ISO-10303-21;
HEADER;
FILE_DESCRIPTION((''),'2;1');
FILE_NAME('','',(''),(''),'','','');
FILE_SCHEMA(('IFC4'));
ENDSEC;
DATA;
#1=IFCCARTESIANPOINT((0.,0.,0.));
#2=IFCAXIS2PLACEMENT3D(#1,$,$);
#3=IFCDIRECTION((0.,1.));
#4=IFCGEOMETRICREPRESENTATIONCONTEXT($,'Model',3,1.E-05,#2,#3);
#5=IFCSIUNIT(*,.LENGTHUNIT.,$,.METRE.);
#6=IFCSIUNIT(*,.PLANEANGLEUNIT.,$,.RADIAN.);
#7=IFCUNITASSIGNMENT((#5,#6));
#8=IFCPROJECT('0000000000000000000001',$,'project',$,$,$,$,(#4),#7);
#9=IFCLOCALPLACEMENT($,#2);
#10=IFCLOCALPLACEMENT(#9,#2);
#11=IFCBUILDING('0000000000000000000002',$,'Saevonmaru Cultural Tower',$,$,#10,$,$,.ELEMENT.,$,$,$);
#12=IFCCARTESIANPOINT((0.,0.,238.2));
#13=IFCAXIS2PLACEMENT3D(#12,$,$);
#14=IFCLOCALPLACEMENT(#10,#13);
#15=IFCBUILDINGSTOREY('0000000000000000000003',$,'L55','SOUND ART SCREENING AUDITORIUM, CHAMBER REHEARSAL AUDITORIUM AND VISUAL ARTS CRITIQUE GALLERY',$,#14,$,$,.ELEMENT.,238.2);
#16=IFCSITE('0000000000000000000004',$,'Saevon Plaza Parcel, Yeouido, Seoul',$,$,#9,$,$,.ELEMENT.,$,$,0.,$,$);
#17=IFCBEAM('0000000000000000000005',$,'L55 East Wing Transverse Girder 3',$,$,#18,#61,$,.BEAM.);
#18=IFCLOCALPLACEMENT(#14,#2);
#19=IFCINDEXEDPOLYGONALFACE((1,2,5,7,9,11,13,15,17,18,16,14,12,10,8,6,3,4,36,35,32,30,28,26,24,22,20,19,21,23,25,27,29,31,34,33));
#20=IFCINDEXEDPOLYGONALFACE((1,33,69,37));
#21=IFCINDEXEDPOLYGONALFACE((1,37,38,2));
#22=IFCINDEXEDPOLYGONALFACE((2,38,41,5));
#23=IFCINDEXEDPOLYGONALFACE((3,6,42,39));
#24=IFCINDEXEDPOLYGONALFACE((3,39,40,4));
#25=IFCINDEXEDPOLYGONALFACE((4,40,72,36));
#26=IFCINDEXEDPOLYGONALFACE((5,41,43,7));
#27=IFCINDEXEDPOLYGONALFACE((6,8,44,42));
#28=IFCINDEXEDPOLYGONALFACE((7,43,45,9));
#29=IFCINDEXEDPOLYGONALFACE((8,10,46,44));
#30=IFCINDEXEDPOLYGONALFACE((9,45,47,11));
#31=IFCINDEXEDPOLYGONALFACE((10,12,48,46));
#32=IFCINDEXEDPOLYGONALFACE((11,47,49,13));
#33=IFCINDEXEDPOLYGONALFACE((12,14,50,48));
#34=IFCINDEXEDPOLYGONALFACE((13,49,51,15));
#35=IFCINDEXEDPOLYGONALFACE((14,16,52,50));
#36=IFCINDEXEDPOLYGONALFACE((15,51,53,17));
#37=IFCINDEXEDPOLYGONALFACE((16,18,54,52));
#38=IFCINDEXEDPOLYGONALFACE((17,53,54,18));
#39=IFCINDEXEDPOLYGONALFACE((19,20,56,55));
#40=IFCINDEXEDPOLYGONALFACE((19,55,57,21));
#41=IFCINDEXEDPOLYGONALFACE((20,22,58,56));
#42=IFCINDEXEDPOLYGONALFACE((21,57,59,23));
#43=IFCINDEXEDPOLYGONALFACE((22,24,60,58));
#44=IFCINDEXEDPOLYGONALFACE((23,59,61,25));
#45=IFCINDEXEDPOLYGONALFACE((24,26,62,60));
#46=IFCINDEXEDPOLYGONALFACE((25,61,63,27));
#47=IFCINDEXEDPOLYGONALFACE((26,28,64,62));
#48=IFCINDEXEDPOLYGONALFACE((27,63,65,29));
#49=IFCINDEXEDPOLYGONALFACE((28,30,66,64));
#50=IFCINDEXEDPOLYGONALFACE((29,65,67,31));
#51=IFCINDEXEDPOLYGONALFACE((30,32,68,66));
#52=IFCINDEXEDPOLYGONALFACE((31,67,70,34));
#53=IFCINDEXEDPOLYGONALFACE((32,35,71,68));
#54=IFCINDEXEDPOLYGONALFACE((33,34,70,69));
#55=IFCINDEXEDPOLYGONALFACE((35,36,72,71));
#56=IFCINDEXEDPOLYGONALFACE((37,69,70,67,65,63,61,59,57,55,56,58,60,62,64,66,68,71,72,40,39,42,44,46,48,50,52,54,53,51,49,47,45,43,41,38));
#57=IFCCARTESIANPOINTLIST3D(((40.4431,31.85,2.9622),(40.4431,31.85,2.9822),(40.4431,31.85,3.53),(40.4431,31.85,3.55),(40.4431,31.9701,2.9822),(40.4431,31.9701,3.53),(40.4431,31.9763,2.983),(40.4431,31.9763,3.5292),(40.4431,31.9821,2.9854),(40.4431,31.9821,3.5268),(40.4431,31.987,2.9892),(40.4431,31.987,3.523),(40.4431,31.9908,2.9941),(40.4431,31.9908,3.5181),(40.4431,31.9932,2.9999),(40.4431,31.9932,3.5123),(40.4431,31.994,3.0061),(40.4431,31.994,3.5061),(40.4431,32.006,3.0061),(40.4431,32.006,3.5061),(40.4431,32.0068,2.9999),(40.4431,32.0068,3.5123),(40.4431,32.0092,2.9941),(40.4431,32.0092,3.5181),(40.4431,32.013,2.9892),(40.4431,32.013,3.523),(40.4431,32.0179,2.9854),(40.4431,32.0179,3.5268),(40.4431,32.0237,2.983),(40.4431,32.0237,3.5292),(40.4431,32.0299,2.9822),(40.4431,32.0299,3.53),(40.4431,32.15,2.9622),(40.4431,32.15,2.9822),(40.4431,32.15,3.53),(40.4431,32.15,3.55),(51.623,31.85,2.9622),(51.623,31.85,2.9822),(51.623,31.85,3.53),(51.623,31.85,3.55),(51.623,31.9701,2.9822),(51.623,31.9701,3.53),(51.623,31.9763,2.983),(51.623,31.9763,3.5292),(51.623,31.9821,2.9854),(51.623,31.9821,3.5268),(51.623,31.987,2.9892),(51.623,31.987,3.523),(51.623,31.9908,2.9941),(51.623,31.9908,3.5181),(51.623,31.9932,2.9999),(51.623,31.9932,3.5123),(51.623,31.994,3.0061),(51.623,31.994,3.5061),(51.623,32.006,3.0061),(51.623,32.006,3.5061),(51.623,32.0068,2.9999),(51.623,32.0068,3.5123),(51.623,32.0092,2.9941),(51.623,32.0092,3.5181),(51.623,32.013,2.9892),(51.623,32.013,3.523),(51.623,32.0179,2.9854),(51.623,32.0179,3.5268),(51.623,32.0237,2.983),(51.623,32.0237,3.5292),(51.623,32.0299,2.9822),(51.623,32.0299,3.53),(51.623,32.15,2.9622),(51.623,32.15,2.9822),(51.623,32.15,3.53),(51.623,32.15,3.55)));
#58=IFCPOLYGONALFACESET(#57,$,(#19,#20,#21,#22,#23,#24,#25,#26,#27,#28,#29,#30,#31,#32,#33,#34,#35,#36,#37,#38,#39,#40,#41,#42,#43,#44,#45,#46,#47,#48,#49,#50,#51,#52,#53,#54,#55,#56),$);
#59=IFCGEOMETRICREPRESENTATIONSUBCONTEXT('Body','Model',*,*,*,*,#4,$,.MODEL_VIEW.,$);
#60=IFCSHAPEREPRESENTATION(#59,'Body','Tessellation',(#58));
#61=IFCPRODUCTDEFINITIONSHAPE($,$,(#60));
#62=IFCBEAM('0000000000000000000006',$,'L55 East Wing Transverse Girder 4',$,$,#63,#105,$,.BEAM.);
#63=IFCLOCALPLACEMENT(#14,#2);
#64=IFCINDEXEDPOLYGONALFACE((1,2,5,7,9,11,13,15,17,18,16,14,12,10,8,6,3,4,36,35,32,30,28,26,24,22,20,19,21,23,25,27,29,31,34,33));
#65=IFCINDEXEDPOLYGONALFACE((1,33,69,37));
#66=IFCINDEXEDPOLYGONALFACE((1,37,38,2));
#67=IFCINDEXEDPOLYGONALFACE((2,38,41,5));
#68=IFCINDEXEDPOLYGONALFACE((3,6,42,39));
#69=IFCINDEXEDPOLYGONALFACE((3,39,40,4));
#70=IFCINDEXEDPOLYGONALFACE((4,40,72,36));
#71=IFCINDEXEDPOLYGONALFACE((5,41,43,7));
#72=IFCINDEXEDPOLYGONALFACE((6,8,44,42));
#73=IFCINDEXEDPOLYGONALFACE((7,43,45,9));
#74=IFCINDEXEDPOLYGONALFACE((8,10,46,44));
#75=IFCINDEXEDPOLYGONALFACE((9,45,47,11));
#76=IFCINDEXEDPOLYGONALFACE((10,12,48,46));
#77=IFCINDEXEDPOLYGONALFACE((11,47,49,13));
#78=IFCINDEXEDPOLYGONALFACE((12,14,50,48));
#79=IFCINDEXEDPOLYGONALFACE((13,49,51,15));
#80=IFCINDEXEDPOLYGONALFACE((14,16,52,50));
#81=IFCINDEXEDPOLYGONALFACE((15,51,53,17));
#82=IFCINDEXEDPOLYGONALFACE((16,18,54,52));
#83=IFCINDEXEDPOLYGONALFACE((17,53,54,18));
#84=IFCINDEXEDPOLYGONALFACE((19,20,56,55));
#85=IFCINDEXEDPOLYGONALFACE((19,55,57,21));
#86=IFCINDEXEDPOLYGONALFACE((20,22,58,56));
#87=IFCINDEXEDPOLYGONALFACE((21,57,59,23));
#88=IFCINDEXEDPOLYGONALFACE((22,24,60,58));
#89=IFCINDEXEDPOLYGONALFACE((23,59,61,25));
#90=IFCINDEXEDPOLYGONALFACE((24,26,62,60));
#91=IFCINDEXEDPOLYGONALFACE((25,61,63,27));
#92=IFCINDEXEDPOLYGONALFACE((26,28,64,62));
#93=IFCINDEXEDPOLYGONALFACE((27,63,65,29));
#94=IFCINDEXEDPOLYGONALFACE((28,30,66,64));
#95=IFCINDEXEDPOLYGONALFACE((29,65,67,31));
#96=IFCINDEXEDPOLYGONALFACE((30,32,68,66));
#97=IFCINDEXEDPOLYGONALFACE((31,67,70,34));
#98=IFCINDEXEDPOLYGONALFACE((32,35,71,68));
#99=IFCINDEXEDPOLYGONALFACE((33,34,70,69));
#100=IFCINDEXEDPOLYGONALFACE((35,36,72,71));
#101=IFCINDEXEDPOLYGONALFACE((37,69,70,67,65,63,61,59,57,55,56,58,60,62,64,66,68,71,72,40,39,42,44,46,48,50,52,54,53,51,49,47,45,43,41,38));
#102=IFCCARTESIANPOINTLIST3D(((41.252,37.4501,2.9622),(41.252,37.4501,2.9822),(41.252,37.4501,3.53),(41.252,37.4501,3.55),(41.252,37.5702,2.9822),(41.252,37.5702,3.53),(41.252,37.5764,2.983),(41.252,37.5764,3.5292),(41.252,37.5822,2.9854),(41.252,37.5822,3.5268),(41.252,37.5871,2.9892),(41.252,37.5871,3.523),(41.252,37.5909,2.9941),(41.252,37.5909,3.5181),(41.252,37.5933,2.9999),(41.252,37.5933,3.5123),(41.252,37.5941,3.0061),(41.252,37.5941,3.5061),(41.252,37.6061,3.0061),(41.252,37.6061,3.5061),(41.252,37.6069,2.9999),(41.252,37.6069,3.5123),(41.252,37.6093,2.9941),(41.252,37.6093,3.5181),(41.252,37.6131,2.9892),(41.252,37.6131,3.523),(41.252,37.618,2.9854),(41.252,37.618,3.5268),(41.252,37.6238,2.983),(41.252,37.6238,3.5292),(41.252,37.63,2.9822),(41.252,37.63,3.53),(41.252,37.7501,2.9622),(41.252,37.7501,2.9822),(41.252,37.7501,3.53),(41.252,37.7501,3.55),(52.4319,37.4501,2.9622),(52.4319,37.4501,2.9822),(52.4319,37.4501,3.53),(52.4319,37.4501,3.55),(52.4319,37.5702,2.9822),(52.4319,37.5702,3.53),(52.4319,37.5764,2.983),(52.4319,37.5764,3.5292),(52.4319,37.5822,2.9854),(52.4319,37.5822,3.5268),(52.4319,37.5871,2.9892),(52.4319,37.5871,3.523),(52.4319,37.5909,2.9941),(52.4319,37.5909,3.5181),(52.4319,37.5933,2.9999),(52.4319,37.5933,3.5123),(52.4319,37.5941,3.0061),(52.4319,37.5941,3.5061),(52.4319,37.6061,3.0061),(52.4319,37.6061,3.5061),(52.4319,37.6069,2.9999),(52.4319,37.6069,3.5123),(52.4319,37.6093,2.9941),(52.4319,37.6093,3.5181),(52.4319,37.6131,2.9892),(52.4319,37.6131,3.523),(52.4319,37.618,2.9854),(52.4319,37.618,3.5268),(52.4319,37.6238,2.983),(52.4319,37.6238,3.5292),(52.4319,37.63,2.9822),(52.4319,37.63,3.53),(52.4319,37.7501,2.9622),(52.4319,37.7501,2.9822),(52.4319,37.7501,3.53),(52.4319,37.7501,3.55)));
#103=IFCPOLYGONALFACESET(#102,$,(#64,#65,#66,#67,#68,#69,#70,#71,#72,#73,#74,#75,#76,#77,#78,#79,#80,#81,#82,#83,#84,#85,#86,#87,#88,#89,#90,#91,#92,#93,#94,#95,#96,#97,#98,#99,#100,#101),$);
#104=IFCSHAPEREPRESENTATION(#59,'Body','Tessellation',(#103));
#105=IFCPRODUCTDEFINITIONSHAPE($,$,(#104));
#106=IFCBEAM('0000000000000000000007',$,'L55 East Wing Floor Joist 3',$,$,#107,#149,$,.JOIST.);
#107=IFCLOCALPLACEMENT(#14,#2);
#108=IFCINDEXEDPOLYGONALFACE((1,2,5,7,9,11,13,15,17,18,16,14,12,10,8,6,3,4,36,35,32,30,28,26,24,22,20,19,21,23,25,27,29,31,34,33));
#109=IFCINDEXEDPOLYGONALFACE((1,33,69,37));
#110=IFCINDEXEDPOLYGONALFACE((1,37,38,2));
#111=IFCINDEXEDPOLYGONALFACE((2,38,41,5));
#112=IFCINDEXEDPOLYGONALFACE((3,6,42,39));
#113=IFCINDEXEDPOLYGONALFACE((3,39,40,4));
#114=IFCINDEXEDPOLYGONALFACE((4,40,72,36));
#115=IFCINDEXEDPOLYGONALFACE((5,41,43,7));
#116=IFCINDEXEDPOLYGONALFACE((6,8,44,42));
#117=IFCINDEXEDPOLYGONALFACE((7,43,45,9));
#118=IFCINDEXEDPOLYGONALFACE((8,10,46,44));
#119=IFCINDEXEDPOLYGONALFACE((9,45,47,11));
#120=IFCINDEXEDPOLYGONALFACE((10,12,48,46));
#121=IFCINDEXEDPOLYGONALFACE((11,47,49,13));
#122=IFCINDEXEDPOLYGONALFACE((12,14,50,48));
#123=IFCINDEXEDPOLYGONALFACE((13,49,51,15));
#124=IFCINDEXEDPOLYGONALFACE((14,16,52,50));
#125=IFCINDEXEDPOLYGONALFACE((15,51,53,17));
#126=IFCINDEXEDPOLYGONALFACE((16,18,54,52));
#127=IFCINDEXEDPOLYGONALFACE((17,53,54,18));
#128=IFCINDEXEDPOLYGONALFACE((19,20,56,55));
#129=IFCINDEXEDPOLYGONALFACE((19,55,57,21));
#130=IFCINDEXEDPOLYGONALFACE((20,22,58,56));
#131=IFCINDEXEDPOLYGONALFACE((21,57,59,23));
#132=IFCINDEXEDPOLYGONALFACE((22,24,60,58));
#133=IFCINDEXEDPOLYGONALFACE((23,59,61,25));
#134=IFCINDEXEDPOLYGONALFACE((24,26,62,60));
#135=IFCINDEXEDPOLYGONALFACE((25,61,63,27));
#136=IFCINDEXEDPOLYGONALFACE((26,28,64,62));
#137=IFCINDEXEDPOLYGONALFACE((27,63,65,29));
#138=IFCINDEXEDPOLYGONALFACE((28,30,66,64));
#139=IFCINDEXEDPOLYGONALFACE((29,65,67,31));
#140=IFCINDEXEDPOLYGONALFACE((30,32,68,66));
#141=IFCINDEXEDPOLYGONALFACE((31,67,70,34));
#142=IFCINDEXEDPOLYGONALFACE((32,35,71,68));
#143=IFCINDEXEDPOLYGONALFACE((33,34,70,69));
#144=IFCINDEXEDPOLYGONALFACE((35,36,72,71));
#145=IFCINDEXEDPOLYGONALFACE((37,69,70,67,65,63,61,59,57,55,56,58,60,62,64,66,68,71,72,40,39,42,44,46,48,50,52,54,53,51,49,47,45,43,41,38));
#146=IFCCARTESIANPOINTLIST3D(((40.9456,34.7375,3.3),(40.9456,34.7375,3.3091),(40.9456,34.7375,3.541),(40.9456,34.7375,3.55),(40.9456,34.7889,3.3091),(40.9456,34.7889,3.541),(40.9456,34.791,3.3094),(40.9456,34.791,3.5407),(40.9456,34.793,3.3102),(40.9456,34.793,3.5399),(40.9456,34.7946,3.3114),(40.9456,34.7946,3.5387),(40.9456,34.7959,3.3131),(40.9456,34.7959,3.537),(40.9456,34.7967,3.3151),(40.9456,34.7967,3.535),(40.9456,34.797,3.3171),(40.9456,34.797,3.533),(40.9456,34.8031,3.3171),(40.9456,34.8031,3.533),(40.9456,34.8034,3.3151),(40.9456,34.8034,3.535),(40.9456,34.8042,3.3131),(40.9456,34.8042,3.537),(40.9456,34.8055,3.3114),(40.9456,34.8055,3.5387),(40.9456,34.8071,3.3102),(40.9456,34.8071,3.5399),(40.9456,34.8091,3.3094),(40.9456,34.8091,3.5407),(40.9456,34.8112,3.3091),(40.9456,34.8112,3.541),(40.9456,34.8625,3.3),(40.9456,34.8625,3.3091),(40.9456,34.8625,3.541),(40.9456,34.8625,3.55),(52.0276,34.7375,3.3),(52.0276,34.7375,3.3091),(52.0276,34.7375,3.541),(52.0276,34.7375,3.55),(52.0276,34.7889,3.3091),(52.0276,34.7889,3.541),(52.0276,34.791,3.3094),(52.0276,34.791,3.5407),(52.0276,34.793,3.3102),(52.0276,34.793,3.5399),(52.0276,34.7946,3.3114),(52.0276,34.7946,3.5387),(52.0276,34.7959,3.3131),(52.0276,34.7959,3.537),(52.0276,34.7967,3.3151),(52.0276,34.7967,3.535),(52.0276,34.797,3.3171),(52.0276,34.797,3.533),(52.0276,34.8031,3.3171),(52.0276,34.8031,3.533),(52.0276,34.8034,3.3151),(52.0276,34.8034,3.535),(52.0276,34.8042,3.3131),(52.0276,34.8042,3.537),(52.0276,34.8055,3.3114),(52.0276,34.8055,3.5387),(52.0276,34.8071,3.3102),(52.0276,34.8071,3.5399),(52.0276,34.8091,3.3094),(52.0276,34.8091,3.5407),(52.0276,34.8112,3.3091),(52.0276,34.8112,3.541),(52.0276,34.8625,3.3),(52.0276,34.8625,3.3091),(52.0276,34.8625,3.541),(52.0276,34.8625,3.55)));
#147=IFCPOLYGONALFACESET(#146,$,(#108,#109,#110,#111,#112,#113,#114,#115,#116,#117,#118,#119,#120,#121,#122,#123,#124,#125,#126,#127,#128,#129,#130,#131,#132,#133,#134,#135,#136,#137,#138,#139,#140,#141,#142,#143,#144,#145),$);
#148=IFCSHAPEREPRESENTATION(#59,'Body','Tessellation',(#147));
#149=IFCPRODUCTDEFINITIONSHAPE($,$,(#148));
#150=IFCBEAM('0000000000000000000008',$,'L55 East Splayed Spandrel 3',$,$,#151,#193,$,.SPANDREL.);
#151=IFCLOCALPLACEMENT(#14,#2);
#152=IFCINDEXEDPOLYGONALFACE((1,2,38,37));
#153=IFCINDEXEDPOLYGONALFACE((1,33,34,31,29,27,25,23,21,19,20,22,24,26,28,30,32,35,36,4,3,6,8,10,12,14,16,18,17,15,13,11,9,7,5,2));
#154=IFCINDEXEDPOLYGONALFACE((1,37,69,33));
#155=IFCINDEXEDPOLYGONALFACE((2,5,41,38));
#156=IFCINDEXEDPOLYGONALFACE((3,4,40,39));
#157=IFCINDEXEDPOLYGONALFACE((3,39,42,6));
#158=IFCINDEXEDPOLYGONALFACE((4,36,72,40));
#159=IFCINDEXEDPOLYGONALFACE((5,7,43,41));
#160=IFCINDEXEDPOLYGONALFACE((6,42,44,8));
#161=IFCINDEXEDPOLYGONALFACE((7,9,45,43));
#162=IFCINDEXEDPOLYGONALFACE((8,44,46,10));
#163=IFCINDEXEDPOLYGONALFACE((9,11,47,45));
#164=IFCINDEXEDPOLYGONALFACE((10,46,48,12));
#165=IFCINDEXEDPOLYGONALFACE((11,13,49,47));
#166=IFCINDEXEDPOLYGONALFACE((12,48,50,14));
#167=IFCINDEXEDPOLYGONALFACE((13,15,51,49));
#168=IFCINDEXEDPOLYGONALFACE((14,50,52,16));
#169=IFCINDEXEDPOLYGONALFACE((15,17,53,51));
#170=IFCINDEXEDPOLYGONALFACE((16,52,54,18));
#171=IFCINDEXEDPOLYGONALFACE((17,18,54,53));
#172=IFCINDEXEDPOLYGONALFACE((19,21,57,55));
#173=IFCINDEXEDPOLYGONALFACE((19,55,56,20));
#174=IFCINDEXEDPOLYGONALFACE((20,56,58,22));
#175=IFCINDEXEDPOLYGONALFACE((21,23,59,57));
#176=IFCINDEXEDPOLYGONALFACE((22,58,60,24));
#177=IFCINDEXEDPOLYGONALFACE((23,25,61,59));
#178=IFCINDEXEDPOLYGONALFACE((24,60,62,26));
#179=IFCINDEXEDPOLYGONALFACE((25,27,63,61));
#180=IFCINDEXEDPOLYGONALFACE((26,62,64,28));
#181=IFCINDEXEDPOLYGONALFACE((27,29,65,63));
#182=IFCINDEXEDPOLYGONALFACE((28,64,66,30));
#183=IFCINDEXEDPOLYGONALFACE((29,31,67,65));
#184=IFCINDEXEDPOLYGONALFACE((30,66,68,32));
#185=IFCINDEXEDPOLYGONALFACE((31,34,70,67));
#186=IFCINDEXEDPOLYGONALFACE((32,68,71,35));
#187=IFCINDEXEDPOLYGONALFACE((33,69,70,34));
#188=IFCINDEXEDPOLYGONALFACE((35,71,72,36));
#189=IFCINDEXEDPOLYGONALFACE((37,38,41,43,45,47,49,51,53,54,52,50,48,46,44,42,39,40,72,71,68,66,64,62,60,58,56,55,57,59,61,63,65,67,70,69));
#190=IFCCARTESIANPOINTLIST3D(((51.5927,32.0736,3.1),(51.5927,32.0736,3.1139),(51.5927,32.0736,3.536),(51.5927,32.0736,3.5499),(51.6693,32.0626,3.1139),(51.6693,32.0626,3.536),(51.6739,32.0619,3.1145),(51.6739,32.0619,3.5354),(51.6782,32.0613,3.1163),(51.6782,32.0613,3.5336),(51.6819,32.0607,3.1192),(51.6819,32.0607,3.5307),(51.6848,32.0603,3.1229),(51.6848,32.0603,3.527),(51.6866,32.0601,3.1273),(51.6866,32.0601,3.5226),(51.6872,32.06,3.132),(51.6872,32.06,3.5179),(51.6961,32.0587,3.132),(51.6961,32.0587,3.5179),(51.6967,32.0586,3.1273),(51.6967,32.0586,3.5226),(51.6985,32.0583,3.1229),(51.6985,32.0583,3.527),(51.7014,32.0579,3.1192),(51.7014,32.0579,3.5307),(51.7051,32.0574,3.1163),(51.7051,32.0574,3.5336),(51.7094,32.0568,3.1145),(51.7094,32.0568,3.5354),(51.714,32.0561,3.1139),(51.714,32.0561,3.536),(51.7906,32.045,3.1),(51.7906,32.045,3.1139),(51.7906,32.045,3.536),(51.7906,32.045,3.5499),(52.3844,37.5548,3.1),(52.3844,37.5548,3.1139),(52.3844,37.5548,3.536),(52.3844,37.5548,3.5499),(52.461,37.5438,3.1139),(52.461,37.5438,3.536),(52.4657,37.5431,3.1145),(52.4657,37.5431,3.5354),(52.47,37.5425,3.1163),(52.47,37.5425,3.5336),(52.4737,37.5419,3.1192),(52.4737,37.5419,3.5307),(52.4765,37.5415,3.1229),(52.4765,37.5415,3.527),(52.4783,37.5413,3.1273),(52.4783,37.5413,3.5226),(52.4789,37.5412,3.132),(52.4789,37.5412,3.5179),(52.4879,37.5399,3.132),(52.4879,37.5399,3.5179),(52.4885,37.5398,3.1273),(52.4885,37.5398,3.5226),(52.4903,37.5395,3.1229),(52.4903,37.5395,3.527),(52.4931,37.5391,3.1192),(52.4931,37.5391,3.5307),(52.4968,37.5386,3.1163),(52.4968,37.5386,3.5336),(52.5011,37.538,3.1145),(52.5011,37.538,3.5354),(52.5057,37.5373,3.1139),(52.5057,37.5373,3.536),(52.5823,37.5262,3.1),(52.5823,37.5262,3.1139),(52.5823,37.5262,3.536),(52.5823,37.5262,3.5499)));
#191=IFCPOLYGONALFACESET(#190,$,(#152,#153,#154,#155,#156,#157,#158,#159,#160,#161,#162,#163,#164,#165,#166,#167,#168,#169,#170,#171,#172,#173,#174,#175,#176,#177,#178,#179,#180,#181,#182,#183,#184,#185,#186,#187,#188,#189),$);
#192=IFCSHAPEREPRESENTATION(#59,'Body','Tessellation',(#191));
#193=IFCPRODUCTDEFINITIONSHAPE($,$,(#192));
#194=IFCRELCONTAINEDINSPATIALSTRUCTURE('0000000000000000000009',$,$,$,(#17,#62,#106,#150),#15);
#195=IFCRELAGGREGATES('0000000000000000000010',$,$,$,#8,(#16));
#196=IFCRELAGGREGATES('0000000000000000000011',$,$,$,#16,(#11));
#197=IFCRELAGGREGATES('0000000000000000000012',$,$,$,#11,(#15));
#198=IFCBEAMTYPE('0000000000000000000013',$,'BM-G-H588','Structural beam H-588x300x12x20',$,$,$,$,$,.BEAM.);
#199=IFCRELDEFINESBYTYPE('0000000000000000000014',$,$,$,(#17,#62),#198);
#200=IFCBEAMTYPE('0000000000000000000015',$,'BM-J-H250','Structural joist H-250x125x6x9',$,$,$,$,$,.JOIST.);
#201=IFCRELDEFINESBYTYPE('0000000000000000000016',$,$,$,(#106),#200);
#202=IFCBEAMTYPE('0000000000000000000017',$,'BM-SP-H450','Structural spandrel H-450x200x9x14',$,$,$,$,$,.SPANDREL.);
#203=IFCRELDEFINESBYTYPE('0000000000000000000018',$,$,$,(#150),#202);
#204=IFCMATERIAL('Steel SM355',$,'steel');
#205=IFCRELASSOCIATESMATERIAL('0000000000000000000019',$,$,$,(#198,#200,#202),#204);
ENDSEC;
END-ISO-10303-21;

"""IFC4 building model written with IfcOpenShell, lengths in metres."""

from ifc_helpers import new_model, si_unit, direction, frame, origin, origin_2d, place, context, subcontext, project, spatial, i_section, extrude, material, material_profile, profile_set, type_object, element, save


model = new_model("IFC4")

# Units and contexts
model_context = context("Model", 3, precision=1e-05, world=origin(), true_north=direction((0.0, 1.0)))
body_context = subcontext(model_context, "Body", "Model", "MODEL_VIEW")
ifc_project = project(units=[si_unit("LENGTHUNIT", "METRE"), si_unit("PLANEANGLEUNIT", "RADIAN")], contexts=[model_context])

# Site, building, storey
site_placement = place(None, origin())
site = spatial("IfcSite", under=ifc_project, at=site_placement, Name="Saevon Plaza Parcel, Yeouido, Seoul", CompositionType="ELEMENT", RefElevation=0.0)
building_placement = place(site_placement, origin())
building = spatial("IfcBuilding", under=site, at=building_placement, Name="Saevonmaru Cultural Tower", CompositionType="ELEMENT")
storey_placement = place(building_placement, frame((0.0, 0.0, 238.2)))
storey = spatial("IfcBuildingStorey", under=building, at=storey_placement, Name="L55", Description="SOUND ART SCREENING AUDITORIUM, CHAMBER REHEARSAL AUDITORIUM AND VISUAL ARTS CRITIQUE GALLERY", CompositionType="ELEMENT", Elevation=238.2)

# Shared definitions
ifc_material_1 = material(Name="Steel SM355", Category="steel")

# Beams
ifc_material_profile_1 = material_profile(ifc_material_1, i_section(OverallWidth=0.3, OverallDepth=0.5879, WebThickness=0.012, FlangeThickness=0.02, FilletRadius=0.0239, at=origin_2d()), Name="H-588x300x12x20")
ifc_profile_set_1 = profile_set([ifc_material_profile_1], Name="Steel SM355")
beam_type_1 = type_object("IfcBeamType", Name="BM-G-H588", Description="Structural beam H-588x300x12x20", PredefinedType="BEAM", material=ifc_profile_set_1)
for number, where, z_axis, x_axis, name in (
    (1, (40.4431, 32.0, 3.2561), (1.0, 0.0, 0.0), (0.0, 1.0, 0.0), "L55 East Wing Transverse Girder 3"),
    (2, (41.252, 37.6001, 3.2561), (1.0, 0.0, 0.0), (0.0, 1.0, 0.0), "L55 East Wing Transverse Girder 4"),
):
    element("IfcBeam", number, at=place(storey_placement, frame(where, z_axis=z_axis, x_axis=x_axis)), inside=storey, type_object=beam_type_1, Name=name, PredefinedType="BEAM", context=body_context, shape_type="SweptSolid", body=[
        extrude(i_section(OverallWidth=0.3, OverallDepth=0.5879, WebThickness=0.012, FlangeThickness=0.02, FilletRadius=0.0239, at=origin_2d()), origin(), (0.0, 0.0, 1.0), 11.1799),
    ])
ifc_material_profile_2 = material_profile(ifc_material_1, i_section(OverallWidth=0.125, OverallDepth=0.25, WebThickness=0.0061, FlangeThickness=0.009, FilletRadius=0.0081, at=origin_2d()), Name="H-250x125x6x9")
ifc_profile_set_2 = profile_set([ifc_material_profile_2], Name="Steel SM355")
beam_type_2 = type_object("IfcBeamType", Name="BM-J-H250", Description="Structural joist H-250x125x6x9", PredefinedType="JOIST", material=ifc_profile_set_2)
beam_1_placement = place(storey_placement, frame((40.9456, 34.8, 3.425), z_axis=(1.0, 0.0, 0.0), x_axis=(0.0, 1.0, 0.0)))
element("IfcBeam", 3, at=beam_1_placement, inside=storey, type_object=beam_type_2, Name="L55 East Wing Floor Joist 3", PredefinedType="JOIST", context=body_context, shape_type="SweptSolid", body=[
    extrude(i_section(OverallWidth=0.125, OverallDepth=0.25, WebThickness=0.0061, FlangeThickness=0.009, FilletRadius=0.0081, at=origin_2d()), origin(), (0.0, 0.0, 1.0), 11.082),
])
ifc_material_profile_3 = material_profile(ifc_material_1, i_section(OverallWidth=0.2, OverallDepth=0.45, WebThickness=0.009, FlangeThickness=0.0139, FilletRadius=0.0181, at=origin_2d()), Name="H-450x200x9x14")
ifc_profile_set_3 = profile_set([ifc_material_profile_3], Name="Steel SM355")
beam_type_3 = type_object("IfcBeamType", Name="BM-SP-H450", Description="Structural spandrel H-450x200x9x14", PredefinedType="SPANDREL", material=ifc_profile_set_3)
beam_2_placement = place(storey_placement, frame((51.6917, 32.0593, 3.325), z_axis=(0.142964, 0.989728, 0.0), x_axis=(-0.989728, 0.142964, 0.0)))
element("IfcBeam", 4, at=beam_2_placement, inside=storey, type_object=beam_type_3, Name="L55 East Splayed Spandrel 3", PredefinedType="SPANDREL", context=body_context, shape_type="SweptSolid", body=[
    extrude(i_section(OverallWidth=0.2, OverallDepth=0.45, WebThickness=0.009, FlangeThickness=0.0139, FilletRadius=0.0181, at=origin_2d()), origin(), (0.0, 0.0, 1.0), 5.5381),
])

save(model, "model.ifc")
